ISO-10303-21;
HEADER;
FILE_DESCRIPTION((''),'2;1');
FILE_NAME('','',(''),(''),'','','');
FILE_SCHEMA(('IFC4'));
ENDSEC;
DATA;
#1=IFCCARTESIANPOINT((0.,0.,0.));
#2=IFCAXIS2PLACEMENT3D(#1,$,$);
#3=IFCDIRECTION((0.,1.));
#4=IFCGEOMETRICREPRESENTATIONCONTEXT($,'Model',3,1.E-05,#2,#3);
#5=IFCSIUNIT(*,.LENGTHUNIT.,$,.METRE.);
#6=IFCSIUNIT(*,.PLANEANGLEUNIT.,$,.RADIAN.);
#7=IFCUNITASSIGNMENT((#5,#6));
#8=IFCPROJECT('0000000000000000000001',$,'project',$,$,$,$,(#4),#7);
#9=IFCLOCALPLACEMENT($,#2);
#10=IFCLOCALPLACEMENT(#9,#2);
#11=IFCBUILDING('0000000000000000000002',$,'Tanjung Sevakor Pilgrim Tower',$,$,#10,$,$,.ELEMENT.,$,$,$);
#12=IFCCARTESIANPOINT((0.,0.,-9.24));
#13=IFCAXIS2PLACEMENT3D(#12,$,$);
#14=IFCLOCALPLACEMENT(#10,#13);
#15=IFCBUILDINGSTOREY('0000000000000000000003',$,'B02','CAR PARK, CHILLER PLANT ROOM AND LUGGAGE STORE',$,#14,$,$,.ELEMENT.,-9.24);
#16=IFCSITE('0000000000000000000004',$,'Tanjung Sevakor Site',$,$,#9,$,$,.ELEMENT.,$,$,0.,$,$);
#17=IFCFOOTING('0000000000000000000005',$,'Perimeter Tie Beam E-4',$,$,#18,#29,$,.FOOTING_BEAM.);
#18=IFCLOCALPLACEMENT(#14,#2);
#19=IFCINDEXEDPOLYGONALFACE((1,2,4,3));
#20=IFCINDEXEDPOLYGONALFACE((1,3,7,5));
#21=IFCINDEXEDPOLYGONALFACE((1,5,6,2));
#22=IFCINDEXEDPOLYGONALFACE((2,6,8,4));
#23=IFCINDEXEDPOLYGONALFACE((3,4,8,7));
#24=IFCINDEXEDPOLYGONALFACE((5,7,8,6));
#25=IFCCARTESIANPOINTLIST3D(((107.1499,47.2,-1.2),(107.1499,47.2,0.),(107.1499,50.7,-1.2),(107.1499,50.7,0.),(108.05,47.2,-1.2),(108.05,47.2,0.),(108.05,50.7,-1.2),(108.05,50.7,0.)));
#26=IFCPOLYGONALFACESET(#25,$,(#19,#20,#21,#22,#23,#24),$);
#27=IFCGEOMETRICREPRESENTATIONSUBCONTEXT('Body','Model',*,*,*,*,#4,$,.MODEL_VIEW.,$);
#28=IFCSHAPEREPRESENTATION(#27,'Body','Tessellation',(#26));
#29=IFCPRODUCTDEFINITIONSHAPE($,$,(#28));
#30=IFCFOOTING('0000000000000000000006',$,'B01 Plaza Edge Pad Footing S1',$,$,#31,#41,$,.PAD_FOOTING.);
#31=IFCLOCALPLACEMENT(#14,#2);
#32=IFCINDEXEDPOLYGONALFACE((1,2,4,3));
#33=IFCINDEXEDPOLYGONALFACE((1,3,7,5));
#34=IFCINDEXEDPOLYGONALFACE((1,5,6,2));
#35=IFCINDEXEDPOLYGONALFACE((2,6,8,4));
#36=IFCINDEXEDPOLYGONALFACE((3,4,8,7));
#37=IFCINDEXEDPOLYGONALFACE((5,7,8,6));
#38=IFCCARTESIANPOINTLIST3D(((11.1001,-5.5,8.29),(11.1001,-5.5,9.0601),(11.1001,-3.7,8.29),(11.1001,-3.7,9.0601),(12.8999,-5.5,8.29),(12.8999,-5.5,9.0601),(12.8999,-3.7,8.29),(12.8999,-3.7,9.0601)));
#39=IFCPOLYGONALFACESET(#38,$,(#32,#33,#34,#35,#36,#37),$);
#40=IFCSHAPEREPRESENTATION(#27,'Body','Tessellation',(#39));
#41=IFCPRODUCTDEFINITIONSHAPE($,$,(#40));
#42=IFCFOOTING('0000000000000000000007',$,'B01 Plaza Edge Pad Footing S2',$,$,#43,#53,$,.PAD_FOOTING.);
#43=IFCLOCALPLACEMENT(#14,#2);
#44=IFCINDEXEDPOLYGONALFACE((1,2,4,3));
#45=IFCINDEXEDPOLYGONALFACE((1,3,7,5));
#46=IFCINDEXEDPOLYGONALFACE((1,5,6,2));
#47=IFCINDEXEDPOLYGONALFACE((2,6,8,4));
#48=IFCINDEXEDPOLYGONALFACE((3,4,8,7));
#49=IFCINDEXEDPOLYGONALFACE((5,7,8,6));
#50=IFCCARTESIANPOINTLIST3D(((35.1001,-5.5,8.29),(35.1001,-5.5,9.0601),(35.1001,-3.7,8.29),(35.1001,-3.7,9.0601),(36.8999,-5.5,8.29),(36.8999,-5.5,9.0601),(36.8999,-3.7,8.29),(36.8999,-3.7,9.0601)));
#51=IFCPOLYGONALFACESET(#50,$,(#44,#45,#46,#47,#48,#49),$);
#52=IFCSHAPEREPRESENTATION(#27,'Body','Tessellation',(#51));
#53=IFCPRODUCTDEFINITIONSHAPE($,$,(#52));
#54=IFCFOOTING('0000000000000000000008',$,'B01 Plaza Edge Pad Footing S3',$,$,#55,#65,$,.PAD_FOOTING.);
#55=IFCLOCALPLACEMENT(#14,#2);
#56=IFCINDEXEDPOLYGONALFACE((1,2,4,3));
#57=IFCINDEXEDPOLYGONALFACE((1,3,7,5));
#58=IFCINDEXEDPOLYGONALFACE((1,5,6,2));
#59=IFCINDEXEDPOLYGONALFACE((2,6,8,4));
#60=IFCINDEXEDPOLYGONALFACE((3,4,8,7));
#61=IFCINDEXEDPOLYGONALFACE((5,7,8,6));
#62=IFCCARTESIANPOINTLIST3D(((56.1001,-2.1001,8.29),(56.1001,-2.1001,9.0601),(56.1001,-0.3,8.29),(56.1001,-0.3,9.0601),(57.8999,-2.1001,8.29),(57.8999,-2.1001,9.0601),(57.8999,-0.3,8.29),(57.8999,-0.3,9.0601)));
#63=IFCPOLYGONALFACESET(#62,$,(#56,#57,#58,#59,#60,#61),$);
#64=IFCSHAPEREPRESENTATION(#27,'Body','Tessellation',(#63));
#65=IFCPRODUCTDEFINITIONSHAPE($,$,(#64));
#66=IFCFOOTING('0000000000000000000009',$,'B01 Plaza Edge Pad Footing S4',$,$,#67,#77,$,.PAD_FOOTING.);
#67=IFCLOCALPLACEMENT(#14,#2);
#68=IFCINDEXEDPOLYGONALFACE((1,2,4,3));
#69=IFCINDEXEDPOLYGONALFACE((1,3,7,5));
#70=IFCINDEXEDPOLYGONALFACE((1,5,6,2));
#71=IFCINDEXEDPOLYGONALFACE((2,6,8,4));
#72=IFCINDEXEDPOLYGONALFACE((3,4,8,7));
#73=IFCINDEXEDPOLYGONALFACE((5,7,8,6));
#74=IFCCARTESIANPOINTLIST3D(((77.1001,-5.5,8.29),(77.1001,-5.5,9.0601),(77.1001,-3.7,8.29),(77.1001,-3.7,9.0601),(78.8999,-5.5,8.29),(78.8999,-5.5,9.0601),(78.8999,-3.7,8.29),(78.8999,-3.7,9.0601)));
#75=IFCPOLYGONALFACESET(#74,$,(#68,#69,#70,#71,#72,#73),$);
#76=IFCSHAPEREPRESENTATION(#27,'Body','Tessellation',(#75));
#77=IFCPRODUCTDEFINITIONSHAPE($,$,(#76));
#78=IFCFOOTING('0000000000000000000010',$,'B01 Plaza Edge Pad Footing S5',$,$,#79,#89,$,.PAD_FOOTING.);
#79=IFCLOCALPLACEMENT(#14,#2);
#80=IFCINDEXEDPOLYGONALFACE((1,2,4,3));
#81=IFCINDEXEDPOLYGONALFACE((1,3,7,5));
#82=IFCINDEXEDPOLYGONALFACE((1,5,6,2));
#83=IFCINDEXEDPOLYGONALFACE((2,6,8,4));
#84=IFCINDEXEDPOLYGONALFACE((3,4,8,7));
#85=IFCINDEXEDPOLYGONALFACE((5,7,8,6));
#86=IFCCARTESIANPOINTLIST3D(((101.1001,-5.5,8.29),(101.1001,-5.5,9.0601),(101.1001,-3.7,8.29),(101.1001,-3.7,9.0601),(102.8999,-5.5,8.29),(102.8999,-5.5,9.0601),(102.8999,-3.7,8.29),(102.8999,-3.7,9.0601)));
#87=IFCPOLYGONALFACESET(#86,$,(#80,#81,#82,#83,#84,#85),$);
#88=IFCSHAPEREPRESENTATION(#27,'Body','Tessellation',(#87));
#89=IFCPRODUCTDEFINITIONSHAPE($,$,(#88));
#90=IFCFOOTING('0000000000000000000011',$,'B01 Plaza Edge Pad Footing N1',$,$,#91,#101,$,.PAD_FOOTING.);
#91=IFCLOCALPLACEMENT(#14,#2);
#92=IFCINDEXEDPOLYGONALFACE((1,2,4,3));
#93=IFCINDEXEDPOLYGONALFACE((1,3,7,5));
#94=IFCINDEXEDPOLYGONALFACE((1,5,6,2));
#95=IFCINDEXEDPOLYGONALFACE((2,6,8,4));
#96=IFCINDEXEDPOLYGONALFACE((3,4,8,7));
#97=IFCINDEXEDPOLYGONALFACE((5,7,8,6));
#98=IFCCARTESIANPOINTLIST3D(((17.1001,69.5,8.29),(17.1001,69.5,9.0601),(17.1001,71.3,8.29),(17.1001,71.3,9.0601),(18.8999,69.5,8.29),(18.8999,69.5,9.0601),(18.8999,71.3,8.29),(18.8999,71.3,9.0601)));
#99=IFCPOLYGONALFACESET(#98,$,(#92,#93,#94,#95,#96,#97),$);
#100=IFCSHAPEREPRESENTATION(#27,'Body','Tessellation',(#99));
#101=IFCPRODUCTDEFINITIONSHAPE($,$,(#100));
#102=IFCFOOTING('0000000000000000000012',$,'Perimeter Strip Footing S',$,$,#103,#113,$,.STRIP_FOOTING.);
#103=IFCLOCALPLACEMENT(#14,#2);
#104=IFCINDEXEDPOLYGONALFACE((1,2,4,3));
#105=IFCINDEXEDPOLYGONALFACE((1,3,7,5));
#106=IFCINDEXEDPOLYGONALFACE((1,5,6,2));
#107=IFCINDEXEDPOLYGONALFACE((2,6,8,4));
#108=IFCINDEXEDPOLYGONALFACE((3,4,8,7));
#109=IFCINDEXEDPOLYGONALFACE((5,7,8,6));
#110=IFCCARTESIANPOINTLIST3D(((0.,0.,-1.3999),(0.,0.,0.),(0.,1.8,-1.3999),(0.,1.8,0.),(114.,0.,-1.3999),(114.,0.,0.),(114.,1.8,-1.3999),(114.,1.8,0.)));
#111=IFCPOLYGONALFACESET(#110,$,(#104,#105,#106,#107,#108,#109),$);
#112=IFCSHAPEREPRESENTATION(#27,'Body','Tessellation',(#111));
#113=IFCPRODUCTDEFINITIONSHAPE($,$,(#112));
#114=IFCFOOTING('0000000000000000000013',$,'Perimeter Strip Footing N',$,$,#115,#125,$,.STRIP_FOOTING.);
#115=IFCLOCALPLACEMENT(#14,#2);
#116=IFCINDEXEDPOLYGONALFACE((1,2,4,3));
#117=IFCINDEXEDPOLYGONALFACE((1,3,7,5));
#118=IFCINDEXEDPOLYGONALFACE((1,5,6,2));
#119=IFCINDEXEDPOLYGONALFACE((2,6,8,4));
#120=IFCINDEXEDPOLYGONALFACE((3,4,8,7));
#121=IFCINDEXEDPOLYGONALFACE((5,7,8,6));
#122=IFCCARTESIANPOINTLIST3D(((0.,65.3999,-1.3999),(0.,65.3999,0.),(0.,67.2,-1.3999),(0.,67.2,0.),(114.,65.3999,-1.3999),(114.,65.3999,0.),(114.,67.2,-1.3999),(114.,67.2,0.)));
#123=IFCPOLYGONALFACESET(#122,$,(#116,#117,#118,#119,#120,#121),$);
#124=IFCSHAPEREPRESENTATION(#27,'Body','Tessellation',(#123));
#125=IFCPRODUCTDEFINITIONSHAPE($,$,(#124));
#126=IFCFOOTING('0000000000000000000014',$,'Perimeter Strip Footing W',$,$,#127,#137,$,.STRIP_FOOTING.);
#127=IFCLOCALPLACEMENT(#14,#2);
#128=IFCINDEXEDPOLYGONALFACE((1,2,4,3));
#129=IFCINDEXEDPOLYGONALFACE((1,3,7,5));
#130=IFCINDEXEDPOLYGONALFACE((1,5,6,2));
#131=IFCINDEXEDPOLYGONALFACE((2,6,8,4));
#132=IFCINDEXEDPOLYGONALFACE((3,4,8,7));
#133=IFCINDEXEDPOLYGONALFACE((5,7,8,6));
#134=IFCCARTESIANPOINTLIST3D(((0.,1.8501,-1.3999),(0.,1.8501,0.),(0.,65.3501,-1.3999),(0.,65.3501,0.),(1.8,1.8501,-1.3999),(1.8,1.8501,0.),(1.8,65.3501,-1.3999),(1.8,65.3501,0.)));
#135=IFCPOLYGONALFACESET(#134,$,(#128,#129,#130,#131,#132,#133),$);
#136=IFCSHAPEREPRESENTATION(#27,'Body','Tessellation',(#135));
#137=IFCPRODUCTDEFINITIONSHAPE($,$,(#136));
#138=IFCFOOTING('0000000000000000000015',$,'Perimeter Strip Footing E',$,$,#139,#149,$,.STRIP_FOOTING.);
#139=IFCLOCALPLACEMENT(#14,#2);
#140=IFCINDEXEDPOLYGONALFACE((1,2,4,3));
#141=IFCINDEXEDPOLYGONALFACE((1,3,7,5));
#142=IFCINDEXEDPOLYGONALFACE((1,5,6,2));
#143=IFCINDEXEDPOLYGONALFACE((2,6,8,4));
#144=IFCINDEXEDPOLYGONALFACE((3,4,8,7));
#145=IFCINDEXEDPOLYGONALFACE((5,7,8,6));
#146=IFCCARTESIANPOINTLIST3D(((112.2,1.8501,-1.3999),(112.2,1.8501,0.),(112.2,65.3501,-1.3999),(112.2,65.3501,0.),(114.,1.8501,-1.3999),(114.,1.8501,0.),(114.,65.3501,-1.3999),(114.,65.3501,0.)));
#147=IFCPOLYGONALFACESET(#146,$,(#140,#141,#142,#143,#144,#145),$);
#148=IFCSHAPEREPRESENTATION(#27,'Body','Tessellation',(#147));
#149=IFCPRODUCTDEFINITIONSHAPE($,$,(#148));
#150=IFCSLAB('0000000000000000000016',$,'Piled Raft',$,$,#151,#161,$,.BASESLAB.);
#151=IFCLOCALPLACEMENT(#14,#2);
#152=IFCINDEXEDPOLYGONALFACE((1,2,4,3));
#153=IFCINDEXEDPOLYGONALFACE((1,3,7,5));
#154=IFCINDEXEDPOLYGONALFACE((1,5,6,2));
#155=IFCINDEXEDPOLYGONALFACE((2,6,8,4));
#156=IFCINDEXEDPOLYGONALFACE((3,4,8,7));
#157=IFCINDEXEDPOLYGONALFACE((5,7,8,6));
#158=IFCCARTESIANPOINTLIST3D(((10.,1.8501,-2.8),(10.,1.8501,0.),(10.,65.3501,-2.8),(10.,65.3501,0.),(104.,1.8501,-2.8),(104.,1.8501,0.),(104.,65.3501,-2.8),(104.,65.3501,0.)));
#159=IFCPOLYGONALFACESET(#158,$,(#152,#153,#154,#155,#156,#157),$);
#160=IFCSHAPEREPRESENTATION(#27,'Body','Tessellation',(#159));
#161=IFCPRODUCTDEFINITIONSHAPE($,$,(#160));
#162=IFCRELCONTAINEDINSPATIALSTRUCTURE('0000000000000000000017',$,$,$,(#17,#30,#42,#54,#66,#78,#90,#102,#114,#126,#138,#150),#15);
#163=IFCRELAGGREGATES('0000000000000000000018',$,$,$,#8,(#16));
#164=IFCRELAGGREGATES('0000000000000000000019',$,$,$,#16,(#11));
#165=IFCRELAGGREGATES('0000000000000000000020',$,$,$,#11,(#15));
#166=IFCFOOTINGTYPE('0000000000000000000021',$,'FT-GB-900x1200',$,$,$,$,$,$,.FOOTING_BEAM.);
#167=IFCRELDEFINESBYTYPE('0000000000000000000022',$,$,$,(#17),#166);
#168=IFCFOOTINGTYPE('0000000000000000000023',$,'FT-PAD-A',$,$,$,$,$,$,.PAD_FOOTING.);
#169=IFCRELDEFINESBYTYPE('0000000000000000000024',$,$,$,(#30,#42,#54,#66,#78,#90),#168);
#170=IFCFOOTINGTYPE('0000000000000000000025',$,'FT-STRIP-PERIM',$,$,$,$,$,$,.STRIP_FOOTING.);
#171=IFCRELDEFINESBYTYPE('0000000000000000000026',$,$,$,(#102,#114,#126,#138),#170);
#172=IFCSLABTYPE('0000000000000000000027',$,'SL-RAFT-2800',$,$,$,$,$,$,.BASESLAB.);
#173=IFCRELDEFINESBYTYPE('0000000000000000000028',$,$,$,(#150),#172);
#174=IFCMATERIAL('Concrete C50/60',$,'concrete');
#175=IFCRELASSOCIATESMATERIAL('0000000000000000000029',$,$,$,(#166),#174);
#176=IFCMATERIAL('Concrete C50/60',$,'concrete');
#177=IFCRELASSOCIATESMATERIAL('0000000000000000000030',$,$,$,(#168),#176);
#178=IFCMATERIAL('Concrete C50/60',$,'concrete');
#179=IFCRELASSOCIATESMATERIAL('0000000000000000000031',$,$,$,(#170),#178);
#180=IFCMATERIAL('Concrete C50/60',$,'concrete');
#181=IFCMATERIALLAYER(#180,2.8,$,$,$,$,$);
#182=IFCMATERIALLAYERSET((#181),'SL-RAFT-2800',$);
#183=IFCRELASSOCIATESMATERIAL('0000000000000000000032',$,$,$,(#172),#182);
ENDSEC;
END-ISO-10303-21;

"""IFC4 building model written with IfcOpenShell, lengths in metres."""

from ifc_helpers import new_model, si_unit, direction, frame, origin, place, context, subcontext, project, spatial, polyline, outline, extrude, material, layer, layer_set, type_object, element, save


model = new_model("IFC4")

# Units and contexts
model_context = context("Model", 3, precision=1e-05, world=origin(), true_north=direction((0.0, 1.0)))
body_context = subcontext(model_context, "Body", "Model", "MODEL_VIEW")
ifc_project = project(units=[si_unit("LENGTHUNIT", "METRE"), si_unit("PLANEANGLEUNIT", "RADIAN")], contexts=[model_context])

# Site, building, storey
site_placement = place(None, origin())
site = spatial("IfcSite", under=ifc_project, at=site_placement, Name="Tanjung Sevakor Site", CompositionType="ELEMENT", RefElevation=0.0)
building_placement = place(site_placement, origin())
building = spatial("IfcBuilding", under=site, at=building_placement, Name="Tanjung Sevakor Pilgrim Tower", CompositionType="ELEMENT")
storey_placement = place(building_placement, frame((0.0, 0.0, -9.24)))
storey = spatial("IfcBuildingStorey", under=building, at=storey_placement, Name="B02", Description="CAR PARK, CHILLER PLANT ROOM AND LUGGAGE STORE", CompositionType="ELEMENT", Elevation=-9.24)

# Footings
ifc_material_1 = material(Name="Concrete C50/60", Category="concrete")
footing_type_1 = type_object("IfcFootingType", Name="FT-GB-900x1200", PredefinedType="FOOTING_BEAM", material=ifc_material_1)
footing_1_placement = place(storey_placement, frame((0.0, 0.0, -1.2)))
element("IfcFooting", 1, at=footing_1_placement, inside=storey, type_object=footing_type_1, Name="Perimeter Tie Beam E-4", PredefinedType="FOOTING_BEAM", context=body_context, shape_type="SweptSolid", body=[
    extrude(outline(polyline([(107.1499, 47.2), (108.05, 47.2), (108.05, 50.7), (107.1499, 50.7), (107.1499, 47.2)])), origin(), (0.0, 0.0, 1.0), 1.2),
])
ifc_material_2 = material(Name="Concrete C50/60", Category="concrete")
footing_type_2 = type_object("IfcFootingType", Name="FT-PAD-A", PredefinedType="PAD_FOOTING", material=ifc_material_2)
footing_2_placement = place(storey_placement, frame((0.0, 0.0, 8.29)))
element("IfcFooting", 2, at=footing_2_placement, inside=storey, type_object=footing_type_2, Name="B01 Plaza Edge Pad Footing S1", PredefinedType="PAD_FOOTING", context=body_context, shape_type="SweptSolid", body=[
    extrude(outline(polyline([(11.1001, -5.5), (12.8999, -5.5), (12.8999, -3.7), (11.1001, -3.7), (11.1001, -5.5)])), origin(), (0.0, 0.0, 1.0), 0.77),
])
footing_3_placement = place(storey_placement, frame((0.0, 0.0, 8.29)))
element("IfcFooting", 3, at=footing_3_placement, inside=storey, type_object=footing_type_2, Name="B01 Plaza Edge Pad Footing S2", PredefinedType="PAD_FOOTING", context=body_context, shape_type="SweptSolid", body=[
    extrude(outline(polyline([(35.1001, -5.5), (36.8999, -5.5), (36.8999, -3.7), (35.1001, -3.7), (35.1001, -5.5)])), origin(), (0.0, 0.0, 1.0), 0.77),
])
footing_4_placement = place(storey_placement, frame((0.0, 0.0, 8.29)))
element("IfcFooting", 4, at=footing_4_placement, inside=storey, type_object=footing_type_2, Name="B01 Plaza Edge Pad Footing S3", PredefinedType="PAD_FOOTING", context=body_context, shape_type="SweptSolid", body=[
    extrude(outline(polyline([(56.1001, -2.1001), (57.8999, -2.1001), (57.8999, -0.3), (56.1001, -0.3), (56.1001, -2.1001)])), origin(), (0.0, 0.0, 1.0), 0.77),
])
footing_5_placement = place(storey_placement, frame((0.0, 0.0, 8.29)))
element("IfcFooting", 5, at=footing_5_placement, inside=storey, type_object=footing_type_2, Name="B01 Plaza Edge Pad Footing S4", PredefinedType="PAD_FOOTING", context=body_context, shape_type="SweptSolid", body=[
    extrude(outline(polyline([(77.1001, -5.5), (78.8999, -5.5), (78.8999, -3.7), (77.1001, -3.7), (77.1001, -5.5)])), origin(), (0.0, 0.0, 1.0), 0.77),
])
footing_6_placement = place(storey_placement, frame((0.0, 0.0, 8.29)))
element("IfcFooting", 6, at=footing_6_placement, inside=storey, type_object=footing_type_2, Name="B01 Plaza Edge Pad Footing S5", PredefinedType="PAD_FOOTING", context=body_context, shape_type="SweptSolid", body=[
    extrude(outline(polyline([(101.1001, -5.5), (102.8999, -5.5), (102.8999, -3.7), (101.1001, -3.7), (101.1001, -5.5)])), origin(), (0.0, 0.0, 1.0), 0.77),
])
footing_7_placement = place(storey_placement, frame((0.0, 0.0, 8.29)))
element("IfcFooting", 7, at=footing_7_placement, inside=storey, type_object=footing_type_2, Name="B01 Plaza Edge Pad Footing N1", PredefinedType="PAD_FOOTING", context=body_context, shape_type="SweptSolid", body=[
    extrude(outline(polyline([(17.1001, 69.5), (18.8999, 69.5), (18.8999, 71.3), (17.1001, 71.3), (17.1001, 69.5)])), origin(), (0.0, 0.0, 1.0), 0.77),
])
ifc_material_3 = material(Name="Concrete C50/60", Category="concrete")
footing_type_3 = type_object("IfcFootingType", Name="FT-STRIP-PERIM", PredefinedType="STRIP_FOOTING", material=ifc_material_3)
footing_8_placement = place(storey_placement, frame((0.0, 0.0, -1.3999)))
element("IfcFooting", 8, at=footing_8_placement, inside=storey, type_object=footing_type_3, Name="Perimeter Strip Footing S", PredefinedType="STRIP_FOOTING", context=body_context, shape_type="SweptSolid", body=[
    extrude(outline(polyline([(0.0, 0.0), (114.0, 0.0), (114.0, 1.8), (0.0, 1.8), (0.0, 0.0)])), origin(), (0.0, 0.0, 1.0), 1.3999),
])
footing_9_placement = place(storey_placement, frame((0.0, 0.0, -1.3999)))
element("IfcFooting", 9, at=footing_9_placement, inside=storey, type_object=footing_type_3, Name="Perimeter Strip Footing N", PredefinedType="STRIP_FOOTING", context=body_context, shape_type="SweptSolid", body=[
    extrude(outline(polyline([(0.0, 65.3999), (114.0, 65.3999), (114.0, 67.2), (0.0, 67.2), (0.0, 65.3999)])), origin(), (0.0, 0.0, 1.0), 1.3999),
])
footing_10_placement = place(storey_placement, frame((0.0, 0.0, -1.3999)))
element("IfcFooting", 10, at=footing_10_placement, inside=storey, type_object=footing_type_3, Name="Perimeter Strip Footing W", PredefinedType="STRIP_FOOTING", context=body_context, shape_type="SweptSolid", body=[
    extrude(outline(polyline([(0.0, 1.8501), (1.8, 1.8501), (1.8, 65.3501), (0.0, 65.3501), (0.0, 1.8501)])), origin(), (0.0, 0.0, 1.0), 1.3999),
])
footing_11_placement = place(storey_placement, frame((0.0, 0.0, -1.3999)))
element("IfcFooting", 11, at=footing_11_placement, inside=storey, type_object=footing_type_3, Name="Perimeter Strip Footing E", PredefinedType="STRIP_FOOTING", context=body_context, shape_type="SweptSolid", body=[
    extrude(outline(polyline([(112.2, 1.8501), (114.0, 1.8501), (114.0, 65.3501), (112.2, 65.3501), (112.2, 1.8501)])), origin(), (0.0, 0.0, 1.0), 1.3999),
])

# Slab
ifc_material_4 = material(Name="Concrete C50/60", Category="concrete")
ifc_layer = layer(ifc_material_4, 2.8)
ifc_layer_set = layer_set([ifc_layer], Name="SL-RAFT-2800")
slab_type = type_object("IfcSlabType", Name="SL-RAFT-2800", PredefinedType="BASESLAB", material=ifc_layer_set)
slab_placement = place(storey_placement, frame((0.0, 0.0, -2.8)))
element("IfcSlab", 12, at=slab_placement, inside=storey, type_object=slab_type, Name="Piled Raft", PredefinedType="BASESLAB", context=body_context, shape_type="SweptSolid", body=[
    extrude(outline(polyline([(10.0, 1.8501), (104.0, 1.8501), (104.0, 65.3501), (10.0, 65.3501), (10.0, 1.8501)])), origin(), (0.0, 0.0, 1.0), 2.8),
])

save(model, "model.ifc")
